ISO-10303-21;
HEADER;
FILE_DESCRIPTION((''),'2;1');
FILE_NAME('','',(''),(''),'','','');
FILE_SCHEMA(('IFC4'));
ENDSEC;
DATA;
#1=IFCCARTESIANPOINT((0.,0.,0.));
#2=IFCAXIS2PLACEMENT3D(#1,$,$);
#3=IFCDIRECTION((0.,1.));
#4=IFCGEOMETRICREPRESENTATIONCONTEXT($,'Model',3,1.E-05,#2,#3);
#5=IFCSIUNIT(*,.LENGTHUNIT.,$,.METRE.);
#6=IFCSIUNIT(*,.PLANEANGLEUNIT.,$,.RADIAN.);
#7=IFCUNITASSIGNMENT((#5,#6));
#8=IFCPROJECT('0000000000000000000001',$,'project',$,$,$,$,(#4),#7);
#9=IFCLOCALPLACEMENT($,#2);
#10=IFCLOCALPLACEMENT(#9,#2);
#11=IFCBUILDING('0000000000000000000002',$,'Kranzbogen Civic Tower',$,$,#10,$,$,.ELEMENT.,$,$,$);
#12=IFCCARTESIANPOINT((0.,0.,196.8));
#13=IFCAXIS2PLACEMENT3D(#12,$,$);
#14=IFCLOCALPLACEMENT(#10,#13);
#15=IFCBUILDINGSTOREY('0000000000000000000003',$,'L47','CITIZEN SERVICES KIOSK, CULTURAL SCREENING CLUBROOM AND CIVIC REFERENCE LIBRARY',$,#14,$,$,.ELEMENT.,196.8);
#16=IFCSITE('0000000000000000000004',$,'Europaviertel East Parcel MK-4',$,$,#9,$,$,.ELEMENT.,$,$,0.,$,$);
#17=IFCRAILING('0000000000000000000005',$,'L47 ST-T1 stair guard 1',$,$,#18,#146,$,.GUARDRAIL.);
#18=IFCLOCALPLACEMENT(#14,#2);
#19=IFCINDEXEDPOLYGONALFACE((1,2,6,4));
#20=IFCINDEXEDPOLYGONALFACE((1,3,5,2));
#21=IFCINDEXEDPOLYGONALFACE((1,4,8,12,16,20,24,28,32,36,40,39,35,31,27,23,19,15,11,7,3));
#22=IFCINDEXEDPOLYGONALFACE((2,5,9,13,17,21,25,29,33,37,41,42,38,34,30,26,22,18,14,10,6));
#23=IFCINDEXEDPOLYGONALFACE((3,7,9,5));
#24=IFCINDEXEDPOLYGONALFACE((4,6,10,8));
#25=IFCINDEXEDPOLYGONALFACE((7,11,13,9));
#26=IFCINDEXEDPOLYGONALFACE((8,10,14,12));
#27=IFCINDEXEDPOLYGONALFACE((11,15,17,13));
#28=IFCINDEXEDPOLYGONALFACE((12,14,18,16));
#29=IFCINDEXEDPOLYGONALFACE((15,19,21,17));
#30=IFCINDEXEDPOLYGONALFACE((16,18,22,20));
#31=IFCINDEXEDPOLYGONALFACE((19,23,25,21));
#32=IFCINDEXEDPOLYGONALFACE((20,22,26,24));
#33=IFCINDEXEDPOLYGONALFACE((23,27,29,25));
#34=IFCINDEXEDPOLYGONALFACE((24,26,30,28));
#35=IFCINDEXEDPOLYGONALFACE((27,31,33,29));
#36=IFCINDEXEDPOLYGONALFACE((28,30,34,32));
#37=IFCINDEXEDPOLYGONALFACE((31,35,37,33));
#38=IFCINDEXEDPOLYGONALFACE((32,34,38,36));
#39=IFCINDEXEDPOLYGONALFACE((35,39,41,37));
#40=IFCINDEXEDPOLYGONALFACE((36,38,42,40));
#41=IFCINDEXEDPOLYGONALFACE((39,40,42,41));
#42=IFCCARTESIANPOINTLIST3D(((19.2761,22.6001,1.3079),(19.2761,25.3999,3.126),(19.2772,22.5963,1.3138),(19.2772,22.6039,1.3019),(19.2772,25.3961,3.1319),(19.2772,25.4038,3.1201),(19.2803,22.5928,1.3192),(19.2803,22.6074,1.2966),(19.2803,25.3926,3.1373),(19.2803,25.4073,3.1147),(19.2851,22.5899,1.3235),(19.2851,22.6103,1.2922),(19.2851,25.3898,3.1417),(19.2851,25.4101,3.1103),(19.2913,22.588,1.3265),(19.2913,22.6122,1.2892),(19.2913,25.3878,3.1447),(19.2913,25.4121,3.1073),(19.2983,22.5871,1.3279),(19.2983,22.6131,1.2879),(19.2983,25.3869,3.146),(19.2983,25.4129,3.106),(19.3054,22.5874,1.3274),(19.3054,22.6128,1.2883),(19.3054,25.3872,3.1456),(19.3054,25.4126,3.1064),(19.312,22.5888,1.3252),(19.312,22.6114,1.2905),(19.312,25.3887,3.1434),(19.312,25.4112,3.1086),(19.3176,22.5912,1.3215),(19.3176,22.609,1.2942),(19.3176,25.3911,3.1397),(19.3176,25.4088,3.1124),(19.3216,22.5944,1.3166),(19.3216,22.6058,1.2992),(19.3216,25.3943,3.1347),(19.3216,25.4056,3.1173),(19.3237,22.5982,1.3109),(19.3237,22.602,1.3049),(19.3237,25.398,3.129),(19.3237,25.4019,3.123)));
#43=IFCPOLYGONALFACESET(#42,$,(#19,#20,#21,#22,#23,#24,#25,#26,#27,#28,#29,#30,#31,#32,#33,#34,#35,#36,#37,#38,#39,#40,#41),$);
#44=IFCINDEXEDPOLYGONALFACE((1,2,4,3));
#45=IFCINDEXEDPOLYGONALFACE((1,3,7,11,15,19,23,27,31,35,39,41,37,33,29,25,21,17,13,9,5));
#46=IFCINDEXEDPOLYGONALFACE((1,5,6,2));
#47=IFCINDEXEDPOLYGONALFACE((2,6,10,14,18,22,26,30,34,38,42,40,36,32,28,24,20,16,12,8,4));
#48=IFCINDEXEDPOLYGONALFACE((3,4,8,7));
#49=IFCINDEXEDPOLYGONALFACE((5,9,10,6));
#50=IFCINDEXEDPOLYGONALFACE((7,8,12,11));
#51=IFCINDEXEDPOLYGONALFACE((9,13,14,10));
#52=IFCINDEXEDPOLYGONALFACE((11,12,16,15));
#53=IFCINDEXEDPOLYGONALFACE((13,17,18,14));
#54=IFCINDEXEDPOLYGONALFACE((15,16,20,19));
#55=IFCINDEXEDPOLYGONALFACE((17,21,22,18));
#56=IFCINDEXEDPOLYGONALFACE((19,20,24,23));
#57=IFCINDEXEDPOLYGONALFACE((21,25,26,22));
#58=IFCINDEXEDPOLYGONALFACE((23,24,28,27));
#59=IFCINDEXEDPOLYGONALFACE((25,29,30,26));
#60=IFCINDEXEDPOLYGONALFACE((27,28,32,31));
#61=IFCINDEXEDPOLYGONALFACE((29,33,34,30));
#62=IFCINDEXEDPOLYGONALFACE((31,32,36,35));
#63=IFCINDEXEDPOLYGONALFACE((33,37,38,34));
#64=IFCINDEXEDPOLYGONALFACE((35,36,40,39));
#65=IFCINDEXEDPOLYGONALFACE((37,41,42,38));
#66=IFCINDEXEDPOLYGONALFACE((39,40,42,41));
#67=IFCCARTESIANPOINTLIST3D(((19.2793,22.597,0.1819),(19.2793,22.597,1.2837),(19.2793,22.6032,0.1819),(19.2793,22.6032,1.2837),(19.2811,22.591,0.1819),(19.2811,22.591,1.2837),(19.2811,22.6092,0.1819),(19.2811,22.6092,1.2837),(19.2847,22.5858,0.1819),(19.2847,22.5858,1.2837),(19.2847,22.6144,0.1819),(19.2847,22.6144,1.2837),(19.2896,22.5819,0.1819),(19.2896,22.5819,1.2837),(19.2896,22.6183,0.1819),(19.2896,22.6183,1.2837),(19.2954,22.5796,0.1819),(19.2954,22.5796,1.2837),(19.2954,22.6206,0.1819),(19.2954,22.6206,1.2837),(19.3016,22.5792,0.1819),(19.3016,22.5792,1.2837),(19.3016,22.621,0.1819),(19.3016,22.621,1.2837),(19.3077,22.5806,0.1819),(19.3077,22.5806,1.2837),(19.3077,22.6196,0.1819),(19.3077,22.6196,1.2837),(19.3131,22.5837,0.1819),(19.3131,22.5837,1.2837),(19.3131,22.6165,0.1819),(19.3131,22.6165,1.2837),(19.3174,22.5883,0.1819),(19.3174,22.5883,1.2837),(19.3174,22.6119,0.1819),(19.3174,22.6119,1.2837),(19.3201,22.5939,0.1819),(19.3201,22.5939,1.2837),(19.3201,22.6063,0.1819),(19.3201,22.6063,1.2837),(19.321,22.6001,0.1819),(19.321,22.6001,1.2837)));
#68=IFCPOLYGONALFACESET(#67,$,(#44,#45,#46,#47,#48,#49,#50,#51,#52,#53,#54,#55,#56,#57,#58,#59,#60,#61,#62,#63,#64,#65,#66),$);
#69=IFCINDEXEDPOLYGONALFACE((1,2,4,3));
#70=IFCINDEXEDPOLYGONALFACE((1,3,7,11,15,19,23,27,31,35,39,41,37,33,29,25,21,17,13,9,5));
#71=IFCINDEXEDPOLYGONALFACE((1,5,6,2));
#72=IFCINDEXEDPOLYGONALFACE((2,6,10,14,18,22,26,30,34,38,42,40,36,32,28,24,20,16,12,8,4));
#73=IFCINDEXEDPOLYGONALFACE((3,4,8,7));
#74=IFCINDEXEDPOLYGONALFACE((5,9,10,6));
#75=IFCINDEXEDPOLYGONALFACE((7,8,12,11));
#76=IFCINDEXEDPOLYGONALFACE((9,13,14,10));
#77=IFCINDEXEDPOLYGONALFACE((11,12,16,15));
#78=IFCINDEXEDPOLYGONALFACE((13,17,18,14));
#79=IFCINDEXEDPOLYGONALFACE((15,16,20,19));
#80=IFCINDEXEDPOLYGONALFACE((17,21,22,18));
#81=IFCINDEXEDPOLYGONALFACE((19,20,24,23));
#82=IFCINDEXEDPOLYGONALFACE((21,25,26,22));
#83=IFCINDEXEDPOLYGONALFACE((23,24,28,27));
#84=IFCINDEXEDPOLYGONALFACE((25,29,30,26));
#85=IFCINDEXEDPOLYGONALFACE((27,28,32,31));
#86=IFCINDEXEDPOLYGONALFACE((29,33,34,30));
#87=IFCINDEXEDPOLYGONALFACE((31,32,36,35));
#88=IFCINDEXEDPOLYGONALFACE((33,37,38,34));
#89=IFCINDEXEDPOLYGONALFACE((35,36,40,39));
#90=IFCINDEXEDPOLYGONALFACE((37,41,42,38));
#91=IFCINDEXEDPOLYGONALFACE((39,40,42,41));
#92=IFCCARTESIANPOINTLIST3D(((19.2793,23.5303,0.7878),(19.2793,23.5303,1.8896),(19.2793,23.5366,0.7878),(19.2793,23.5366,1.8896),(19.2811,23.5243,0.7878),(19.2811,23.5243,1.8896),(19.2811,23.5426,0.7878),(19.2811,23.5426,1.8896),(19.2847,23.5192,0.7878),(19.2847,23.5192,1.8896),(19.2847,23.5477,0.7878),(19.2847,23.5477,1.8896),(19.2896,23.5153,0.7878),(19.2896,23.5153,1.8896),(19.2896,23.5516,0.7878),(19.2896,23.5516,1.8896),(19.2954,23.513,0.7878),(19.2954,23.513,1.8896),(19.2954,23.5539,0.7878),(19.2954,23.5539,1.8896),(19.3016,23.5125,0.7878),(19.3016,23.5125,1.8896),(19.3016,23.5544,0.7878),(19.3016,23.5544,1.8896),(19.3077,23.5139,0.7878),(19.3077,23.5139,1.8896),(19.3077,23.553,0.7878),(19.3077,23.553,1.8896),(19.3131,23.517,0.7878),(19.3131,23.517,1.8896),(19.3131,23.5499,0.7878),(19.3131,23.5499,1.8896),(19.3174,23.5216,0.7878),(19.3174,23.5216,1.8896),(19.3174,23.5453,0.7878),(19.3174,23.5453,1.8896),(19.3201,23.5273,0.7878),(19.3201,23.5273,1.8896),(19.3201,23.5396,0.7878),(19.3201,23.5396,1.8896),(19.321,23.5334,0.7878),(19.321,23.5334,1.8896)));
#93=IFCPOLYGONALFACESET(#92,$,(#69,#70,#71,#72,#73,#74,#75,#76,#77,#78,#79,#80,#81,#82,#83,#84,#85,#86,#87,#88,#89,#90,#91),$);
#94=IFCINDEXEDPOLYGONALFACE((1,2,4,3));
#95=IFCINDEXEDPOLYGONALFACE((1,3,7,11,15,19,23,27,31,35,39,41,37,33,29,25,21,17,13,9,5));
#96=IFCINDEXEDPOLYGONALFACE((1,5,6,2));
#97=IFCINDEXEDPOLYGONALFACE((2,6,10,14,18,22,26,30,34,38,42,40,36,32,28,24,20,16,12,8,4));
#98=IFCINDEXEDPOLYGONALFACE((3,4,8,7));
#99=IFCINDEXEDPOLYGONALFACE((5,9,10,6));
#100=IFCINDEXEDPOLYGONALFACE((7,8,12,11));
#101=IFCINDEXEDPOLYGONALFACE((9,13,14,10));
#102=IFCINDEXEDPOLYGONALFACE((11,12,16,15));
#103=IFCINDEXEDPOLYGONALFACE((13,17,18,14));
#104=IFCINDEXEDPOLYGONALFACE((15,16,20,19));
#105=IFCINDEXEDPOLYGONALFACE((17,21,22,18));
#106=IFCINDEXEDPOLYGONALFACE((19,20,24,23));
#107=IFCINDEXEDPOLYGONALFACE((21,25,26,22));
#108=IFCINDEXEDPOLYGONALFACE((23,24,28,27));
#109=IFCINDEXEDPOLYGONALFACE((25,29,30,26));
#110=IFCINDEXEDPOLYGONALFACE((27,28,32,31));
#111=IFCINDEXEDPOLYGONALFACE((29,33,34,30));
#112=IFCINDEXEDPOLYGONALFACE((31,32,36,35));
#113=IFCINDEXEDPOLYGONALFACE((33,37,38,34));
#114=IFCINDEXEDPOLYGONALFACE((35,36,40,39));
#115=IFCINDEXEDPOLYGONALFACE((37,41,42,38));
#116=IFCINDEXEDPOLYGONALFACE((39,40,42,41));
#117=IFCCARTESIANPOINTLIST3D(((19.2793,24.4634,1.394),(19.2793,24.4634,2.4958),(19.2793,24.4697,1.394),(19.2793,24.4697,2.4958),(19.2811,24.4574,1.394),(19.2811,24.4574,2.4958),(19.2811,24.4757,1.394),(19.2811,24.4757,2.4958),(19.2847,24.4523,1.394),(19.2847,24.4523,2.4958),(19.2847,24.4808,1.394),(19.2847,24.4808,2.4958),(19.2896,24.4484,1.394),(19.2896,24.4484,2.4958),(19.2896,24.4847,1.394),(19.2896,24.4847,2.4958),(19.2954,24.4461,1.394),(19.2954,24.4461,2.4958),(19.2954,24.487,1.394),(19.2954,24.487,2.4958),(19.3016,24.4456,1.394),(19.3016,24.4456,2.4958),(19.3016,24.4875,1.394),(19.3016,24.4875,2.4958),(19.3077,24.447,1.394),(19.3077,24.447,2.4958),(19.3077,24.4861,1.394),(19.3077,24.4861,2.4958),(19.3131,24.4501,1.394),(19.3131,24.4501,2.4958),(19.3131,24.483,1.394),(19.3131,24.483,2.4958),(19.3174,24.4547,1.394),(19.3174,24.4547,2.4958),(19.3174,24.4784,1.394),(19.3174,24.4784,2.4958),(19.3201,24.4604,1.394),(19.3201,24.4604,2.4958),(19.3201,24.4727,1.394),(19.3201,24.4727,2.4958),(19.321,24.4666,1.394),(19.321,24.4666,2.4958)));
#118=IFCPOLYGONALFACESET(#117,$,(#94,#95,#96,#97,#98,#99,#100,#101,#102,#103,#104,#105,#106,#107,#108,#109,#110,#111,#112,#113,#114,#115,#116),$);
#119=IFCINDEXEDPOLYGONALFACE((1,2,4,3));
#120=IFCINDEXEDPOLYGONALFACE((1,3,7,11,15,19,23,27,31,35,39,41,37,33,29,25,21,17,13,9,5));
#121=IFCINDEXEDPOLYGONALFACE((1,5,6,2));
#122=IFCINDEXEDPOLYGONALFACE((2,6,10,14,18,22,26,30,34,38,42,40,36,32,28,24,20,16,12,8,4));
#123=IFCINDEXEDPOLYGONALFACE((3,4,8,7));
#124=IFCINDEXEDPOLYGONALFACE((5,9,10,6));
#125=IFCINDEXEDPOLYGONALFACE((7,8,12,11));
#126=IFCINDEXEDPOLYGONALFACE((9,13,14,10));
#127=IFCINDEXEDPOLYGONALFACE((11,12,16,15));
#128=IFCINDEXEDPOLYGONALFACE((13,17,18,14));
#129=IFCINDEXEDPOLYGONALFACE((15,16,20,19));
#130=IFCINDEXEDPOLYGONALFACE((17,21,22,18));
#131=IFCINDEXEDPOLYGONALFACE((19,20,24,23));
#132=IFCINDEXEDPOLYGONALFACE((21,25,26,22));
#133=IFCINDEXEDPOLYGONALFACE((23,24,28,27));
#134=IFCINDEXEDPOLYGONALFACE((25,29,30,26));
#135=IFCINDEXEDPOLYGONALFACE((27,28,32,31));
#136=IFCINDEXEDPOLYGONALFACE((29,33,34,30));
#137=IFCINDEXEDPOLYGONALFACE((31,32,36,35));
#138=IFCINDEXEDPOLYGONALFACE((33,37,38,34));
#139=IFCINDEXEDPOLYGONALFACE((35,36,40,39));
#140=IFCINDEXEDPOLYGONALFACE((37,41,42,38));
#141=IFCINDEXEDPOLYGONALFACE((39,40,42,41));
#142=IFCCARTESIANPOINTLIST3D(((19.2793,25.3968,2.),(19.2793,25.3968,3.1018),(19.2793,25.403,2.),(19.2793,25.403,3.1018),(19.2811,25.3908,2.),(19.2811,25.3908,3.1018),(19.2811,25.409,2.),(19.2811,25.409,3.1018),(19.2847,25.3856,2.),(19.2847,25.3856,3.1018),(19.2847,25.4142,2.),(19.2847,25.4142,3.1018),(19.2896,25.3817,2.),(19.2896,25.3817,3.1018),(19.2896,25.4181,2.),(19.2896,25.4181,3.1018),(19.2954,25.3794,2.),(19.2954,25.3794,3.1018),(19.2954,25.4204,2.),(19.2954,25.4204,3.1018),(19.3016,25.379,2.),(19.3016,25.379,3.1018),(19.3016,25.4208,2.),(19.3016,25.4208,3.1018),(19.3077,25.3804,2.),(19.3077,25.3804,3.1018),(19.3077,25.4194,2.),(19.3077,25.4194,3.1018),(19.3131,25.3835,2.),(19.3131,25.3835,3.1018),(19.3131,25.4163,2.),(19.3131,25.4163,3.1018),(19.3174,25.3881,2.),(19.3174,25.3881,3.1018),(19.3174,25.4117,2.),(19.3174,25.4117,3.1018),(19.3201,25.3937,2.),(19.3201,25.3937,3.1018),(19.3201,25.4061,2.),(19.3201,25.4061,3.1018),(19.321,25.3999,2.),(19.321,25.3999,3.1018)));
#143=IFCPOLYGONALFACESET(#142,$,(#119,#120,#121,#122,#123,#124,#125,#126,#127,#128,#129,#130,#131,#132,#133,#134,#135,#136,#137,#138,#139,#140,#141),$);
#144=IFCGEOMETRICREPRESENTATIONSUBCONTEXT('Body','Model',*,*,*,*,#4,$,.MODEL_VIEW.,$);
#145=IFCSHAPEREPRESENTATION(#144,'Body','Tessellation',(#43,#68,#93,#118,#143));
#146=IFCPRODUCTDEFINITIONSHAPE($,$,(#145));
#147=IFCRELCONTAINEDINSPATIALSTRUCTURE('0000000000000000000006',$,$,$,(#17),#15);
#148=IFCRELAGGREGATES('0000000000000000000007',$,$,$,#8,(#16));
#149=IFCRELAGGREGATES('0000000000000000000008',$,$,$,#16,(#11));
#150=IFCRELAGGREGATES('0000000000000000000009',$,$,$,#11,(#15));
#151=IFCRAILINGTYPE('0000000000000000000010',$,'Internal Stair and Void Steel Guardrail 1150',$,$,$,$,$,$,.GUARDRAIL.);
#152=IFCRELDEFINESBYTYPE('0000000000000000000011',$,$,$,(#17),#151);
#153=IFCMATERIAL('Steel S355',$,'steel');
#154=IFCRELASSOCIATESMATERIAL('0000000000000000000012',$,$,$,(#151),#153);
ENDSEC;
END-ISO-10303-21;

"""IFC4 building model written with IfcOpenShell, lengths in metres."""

from ifc_helpers import new_model, si_unit, direction, frame, origin, origin_2d, place, context, subcontext, project, spatial, circle, extrude, material, type_object, element, save


model = new_model("IFC4")

# Units and contexts
model_context = context("Model", 3, precision=1e-05, world=origin(), true_north=direction((0.0, 1.0)))
body_context = subcontext(model_context, "Body", "Model", "MODEL_VIEW")
ifc_project = project(units=[si_unit("LENGTHUNIT", "METRE"), si_unit("PLANEANGLEUNIT", "RADIAN")], contexts=[model_context])

# Site, building, storey
site_placement = place(None, origin())
site = spatial("IfcSite", under=ifc_project, at=site_placement, Name="Europaviertel East Parcel MK-4", CompositionType="ELEMENT", RefElevation=0.0)
building_placement = place(site_placement, origin())
building = spatial("IfcBuilding", under=site, at=building_placement, Name="Kranzbogen Civic Tower", CompositionType="ELEMENT")
storey_placement = place(building_placement, frame((0.0, 0.0, 196.8)))
storey = spatial("IfcBuildingStorey", under=building, at=storey_placement, Name="L47", Description="CITIZEN SERVICES KIOSK, CULTURAL SCREENING CLUBROOM AND CIVIC REFERENCE LIBRARY", CompositionType="ELEMENT", Elevation=196.8)

# Shared definitions
ifc_material_1 = material(Name="Steel S355", Category="steel")

# Railing
railing_type_1 = type_object("IfcRailingType", Name="Internal Stair and Void Steel Guardrail 1150", PredefinedType="GUARDRAIL", material=ifc_material_1)
railing_1_placement = place(storey_placement, frame((19.3, 22.6001, 0.1819)))
element("IfcRailing", 1, at=railing_1_placement, inside=storey, type_object=railing_type_1, Name="L47 ST-T1 stair guard 1", PredefinedType="GUARDRAIL", context=body_context, shape_type="SweptSolid", body=[
    extrude(circle(Radius=0.0239, at=origin_2d()), frame((0.0, 0.0, 1.126), z_axis=(0.0, 0.838684, 0.544618), x_axis=(-1.0, 0.0, 0.0)), (0.0, 0.0, 1.0), 3.3384),
    extrude(circle(Radius=0.021, at=origin_2d()), origin(), (0.0, 0.0, 1.0), 1.1018),
    extrude(circle(Radius=0.021, at=origin_2d()), frame((0.0, 0.9333, 0.606)), (0.0, 0.0, 1.0), 1.1018),
    extrude(circle(Radius=0.021, at=origin_2d()), frame((0.0, 1.8665, 1.2122)), (0.0, 0.0, 1.0), 1.1018),
    extrude(circle(Radius=0.021, at=origin_2d()), frame((0.0, 2.7998, 1.8181)), (0.0, 0.0, 1.0), 1.1018),
])

save(model, "model.ifc")
